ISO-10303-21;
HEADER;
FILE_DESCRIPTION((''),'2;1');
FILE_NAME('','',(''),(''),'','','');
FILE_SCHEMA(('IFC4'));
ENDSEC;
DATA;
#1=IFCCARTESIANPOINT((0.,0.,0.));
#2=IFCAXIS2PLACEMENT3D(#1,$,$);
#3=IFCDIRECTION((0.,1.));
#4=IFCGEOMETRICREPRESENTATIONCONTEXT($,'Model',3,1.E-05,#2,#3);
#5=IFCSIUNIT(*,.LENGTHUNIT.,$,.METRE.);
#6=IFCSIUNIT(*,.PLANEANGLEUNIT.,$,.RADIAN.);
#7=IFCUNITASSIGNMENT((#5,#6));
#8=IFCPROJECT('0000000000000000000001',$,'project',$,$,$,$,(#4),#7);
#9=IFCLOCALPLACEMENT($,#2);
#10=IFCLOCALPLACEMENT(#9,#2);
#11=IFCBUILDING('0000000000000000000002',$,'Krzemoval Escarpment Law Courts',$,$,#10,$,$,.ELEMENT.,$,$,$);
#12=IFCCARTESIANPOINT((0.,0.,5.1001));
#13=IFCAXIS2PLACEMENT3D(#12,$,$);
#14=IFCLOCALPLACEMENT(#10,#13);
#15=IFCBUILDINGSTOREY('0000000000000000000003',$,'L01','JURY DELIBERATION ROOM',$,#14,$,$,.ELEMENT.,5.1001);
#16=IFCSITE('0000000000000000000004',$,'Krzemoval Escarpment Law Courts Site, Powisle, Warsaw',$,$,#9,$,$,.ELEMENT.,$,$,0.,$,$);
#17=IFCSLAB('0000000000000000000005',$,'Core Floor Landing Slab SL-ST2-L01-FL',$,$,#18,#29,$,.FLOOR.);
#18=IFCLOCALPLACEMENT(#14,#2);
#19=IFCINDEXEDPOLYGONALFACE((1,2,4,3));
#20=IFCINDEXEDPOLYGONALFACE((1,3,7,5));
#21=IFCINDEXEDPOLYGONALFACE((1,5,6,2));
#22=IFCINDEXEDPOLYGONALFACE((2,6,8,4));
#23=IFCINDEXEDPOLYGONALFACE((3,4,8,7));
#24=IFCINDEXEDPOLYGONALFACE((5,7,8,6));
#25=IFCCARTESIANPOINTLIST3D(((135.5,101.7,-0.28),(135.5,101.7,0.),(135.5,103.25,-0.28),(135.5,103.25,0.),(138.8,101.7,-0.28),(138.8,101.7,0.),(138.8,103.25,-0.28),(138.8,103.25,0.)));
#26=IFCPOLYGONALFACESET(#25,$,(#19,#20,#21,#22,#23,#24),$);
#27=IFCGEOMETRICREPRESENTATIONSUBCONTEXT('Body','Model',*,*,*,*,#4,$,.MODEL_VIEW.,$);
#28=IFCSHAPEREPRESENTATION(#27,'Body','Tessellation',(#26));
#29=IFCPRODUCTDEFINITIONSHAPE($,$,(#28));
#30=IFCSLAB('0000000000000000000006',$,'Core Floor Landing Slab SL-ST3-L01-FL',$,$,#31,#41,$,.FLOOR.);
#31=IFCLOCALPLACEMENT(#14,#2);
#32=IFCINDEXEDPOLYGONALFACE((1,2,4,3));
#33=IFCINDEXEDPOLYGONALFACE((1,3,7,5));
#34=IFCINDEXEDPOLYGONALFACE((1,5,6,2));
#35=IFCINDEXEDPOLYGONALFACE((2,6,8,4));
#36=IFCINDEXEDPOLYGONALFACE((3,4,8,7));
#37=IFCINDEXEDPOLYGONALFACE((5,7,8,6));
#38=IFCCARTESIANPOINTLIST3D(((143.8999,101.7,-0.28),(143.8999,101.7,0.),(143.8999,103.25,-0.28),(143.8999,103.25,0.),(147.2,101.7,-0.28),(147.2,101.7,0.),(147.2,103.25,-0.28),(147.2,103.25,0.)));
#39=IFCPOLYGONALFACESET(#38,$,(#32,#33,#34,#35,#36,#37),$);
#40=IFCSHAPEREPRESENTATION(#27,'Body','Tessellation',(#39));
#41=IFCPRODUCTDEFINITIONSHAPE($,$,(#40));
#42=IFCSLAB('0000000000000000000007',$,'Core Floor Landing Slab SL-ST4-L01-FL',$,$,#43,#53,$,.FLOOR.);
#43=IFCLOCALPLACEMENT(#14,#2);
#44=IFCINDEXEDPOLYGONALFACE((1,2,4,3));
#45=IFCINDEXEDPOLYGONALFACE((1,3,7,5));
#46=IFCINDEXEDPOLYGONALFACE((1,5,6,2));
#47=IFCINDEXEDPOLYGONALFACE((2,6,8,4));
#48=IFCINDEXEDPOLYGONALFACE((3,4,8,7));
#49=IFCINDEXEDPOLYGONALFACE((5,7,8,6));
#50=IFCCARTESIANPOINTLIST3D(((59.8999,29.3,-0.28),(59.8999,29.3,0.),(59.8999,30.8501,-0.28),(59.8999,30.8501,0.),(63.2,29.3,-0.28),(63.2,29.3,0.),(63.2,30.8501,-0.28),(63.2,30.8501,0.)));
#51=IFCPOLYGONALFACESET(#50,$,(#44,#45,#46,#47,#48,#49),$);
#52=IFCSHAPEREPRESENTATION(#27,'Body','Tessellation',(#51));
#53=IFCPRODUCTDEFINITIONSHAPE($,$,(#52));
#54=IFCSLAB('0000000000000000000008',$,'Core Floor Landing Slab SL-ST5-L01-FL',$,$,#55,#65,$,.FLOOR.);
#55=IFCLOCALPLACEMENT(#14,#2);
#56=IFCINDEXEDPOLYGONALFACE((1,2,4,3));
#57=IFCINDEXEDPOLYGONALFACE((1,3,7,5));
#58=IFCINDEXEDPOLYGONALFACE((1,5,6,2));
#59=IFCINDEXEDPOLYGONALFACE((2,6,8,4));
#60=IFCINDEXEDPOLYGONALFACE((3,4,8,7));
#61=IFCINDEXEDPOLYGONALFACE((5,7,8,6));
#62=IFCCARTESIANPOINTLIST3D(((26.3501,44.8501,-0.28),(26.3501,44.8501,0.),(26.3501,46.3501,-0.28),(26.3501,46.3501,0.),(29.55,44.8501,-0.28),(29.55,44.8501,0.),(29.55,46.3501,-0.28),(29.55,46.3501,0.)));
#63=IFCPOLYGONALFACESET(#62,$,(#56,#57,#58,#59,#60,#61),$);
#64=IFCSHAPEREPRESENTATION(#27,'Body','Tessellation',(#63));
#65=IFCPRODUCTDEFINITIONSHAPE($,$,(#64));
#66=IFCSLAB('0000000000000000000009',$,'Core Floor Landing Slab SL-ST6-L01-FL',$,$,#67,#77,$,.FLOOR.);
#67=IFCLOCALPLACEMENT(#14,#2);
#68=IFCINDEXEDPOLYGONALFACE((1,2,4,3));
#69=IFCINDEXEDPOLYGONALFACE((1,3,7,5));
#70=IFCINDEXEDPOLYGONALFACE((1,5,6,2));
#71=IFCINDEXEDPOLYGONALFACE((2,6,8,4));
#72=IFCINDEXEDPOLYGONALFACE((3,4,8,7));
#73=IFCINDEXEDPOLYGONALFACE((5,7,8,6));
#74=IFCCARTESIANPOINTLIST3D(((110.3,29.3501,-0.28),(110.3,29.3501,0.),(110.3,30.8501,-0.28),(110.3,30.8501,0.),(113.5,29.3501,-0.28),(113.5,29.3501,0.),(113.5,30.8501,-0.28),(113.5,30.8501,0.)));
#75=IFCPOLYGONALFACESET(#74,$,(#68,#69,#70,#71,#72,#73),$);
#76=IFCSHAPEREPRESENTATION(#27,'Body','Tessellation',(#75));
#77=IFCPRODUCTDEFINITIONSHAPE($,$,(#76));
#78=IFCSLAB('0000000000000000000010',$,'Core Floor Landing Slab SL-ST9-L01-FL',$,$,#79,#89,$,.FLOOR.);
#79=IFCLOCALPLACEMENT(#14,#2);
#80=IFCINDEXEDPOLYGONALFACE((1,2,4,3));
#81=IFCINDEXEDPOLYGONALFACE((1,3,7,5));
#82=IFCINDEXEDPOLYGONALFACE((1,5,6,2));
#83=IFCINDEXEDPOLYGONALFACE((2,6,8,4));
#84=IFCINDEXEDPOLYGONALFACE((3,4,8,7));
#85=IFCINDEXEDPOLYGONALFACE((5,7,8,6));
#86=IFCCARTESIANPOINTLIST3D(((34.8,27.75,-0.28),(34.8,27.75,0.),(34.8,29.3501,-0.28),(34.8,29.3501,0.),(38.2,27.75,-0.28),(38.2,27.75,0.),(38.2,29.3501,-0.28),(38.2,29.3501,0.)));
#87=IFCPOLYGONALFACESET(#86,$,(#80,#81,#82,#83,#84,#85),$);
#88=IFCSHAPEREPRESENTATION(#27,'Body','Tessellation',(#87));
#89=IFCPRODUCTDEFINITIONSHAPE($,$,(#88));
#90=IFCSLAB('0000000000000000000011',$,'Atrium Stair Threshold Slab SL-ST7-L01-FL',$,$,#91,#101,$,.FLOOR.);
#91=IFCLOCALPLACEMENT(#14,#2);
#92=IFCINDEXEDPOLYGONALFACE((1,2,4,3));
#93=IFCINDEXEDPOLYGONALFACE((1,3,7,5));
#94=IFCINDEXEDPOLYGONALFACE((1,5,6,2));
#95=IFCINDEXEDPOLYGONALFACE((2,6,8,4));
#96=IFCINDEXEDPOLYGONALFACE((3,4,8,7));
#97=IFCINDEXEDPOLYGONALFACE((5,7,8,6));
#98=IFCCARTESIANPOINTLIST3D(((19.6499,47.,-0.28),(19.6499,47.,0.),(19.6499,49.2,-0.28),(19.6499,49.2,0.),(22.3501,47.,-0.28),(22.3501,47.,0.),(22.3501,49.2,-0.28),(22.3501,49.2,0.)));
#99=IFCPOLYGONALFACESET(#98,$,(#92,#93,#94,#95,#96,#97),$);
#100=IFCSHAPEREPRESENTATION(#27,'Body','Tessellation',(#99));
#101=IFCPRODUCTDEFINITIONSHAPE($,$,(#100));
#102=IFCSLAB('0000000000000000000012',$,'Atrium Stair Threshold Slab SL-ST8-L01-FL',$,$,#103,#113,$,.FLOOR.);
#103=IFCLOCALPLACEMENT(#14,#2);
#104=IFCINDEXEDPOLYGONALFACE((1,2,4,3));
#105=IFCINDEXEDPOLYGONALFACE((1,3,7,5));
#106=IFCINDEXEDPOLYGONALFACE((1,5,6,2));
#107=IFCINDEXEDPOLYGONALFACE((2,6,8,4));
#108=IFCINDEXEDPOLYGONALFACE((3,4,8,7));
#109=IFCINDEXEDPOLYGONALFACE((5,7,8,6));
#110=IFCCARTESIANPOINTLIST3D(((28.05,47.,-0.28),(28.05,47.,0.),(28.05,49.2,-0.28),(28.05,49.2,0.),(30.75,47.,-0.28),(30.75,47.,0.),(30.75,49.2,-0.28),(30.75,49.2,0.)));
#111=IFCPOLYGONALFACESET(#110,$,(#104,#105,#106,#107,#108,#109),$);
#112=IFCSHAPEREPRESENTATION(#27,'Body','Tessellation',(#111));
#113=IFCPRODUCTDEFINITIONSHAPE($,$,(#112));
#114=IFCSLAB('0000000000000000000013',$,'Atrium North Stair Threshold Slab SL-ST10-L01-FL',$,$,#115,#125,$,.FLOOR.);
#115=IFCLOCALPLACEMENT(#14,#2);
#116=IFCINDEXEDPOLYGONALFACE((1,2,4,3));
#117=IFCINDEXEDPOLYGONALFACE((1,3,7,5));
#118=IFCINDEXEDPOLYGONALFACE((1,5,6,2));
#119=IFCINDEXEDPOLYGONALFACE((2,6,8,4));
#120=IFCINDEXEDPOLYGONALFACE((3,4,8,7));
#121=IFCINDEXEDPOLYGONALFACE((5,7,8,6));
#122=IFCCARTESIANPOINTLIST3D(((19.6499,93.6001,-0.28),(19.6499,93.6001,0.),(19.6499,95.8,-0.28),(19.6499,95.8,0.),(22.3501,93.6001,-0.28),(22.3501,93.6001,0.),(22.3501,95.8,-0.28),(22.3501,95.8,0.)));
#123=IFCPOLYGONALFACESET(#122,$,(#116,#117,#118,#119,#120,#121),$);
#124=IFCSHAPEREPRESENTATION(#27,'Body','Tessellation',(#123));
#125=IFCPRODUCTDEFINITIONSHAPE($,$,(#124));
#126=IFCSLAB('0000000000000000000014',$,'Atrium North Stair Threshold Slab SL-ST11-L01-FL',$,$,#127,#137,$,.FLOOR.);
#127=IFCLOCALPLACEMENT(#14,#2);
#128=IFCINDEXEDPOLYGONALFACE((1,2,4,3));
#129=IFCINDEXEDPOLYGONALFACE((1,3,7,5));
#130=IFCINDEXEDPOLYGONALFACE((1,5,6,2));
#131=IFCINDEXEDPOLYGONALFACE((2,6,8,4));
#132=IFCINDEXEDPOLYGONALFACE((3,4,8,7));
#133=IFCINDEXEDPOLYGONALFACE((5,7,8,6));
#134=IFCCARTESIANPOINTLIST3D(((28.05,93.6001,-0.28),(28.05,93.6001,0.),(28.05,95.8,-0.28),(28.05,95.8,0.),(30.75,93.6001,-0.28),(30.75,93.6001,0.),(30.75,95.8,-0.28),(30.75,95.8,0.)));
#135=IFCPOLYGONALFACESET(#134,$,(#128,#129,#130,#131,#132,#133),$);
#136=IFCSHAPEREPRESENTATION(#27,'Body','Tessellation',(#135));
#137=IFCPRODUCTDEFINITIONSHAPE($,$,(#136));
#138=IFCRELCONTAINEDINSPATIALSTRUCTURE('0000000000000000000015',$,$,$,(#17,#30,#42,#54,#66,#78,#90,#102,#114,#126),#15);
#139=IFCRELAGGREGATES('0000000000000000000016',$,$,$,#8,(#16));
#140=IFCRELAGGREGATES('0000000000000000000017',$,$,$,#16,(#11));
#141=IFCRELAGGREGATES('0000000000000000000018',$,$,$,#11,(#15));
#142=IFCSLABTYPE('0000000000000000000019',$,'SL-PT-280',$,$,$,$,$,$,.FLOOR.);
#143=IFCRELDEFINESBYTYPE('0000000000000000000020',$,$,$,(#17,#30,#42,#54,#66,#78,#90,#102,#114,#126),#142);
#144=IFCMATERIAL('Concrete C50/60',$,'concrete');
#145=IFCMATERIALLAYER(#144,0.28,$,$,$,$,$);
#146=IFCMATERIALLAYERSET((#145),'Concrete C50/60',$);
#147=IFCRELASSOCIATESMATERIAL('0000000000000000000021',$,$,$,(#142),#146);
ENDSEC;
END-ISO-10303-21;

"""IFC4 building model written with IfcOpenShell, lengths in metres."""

from ifc_helpers import new_model, si_unit, direction, frame, origin, place, context, subcontext, project, spatial, polyline, outline, extrude, material, layer, layer_set, type_object, element, save


model = new_model("IFC4")

# Units and contexts
model_context = context("Model", 3, precision=1e-05, world=origin(), true_north=direction((0.0, 1.0)))
body_context = subcontext(model_context, "Body", "Model", "MODEL_VIEW")
ifc_project = project(units=[si_unit("LENGTHUNIT", "METRE"), si_unit("PLANEANGLEUNIT", "RADIAN")], contexts=[model_context])

# Site, building, storey
site_placement = place(None, origin())
site = spatial("IfcSite", under=ifc_project, at=site_placement, Name="Krzemoval Escarpment Law Courts Site, Powisle, Warsaw", CompositionType="ELEMENT", RefElevation=0.0)
building_placement = place(site_placement, origin())
building = spatial("IfcBuilding", under=site, at=building_placement, Name="Krzemoval Escarpment Law Courts", CompositionType="ELEMENT")
storey_placement = place(building_placement, frame((0.0, 0.0, 5.1001)))
storey = spatial("IfcBuildingStorey", under=building, at=storey_placement, Name="L01", Description="JURY DELIBERATION ROOM", CompositionType="ELEMENT", Elevation=5.1001)

# Slabs
ifc_material_1 = material(Name="Concrete C50/60", Category="concrete")
ifc_layer_1 = layer(ifc_material_1, 0.28)
ifc_layer_set_1 = layer_set([ifc_layer_1], Name="Concrete C50/60")
slab_type_1 = type_object("IfcSlabType", Name="SL-PT-280", PredefinedType="FLOOR", material=ifc_layer_set_1)
slab_1_placement = place(storey_placement, frame((0.0, 0.0, -0.28)))
element("IfcSlab", 1, at=slab_1_placement, inside=storey, type_object=slab_type_1, Name="Core Floor Landing Slab SL-ST2-L01-FL", PredefinedType="FLOOR", context=body_context, shape_type="SweptSolid", body=[
    extrude(outline(polyline([(135.5, 103.25), (135.5, 101.7), (138.8, 101.7), (138.8, 103.25), (135.5, 103.25)])), origin(), (0.0, 0.0, 1.0), 0.28),
])
slab_2_placement = place(storey_placement, frame((0.0, 0.0, -0.28)))
element("IfcSlab", 2, at=slab_2_placement, inside=storey, type_object=slab_type_1, Name="Core Floor Landing Slab SL-ST3-L01-FL", PredefinedType="FLOOR", context=body_context, shape_type="SweptSolid", body=[
    extrude(outline(polyline([(143.8999, 103.25), (143.8999, 101.7), (147.2, 101.7), (147.2, 103.25), (143.8999, 103.25)])), origin(), (0.0, 0.0, 1.0), 0.28),
])
slab_3_placement = place(storey_placement, frame((0.0, 0.0, -0.28)))
element("IfcSlab", 3, at=slab_3_placement, inside=storey, type_object=slab_type_1, Name="Core Floor Landing Slab SL-ST4-L01-FL", PredefinedType="FLOOR", context=body_context, shape_type="SweptSolid", body=[
    extrude(outline(polyline([(59.8999, 30.8501), (59.8999, 29.3), (63.2, 29.3), (63.2, 30.8501), (59.8999, 30.8501)])), origin(), (0.0, 0.0, 1.0), 0.28),
])
slab_4_placement = place(storey_placement, frame((0.0, 0.0, -0.28)))
element("IfcSlab", 4, at=slab_4_placement, inside=storey, type_object=slab_type_1, Name="Core Floor Landing Slab SL-ST5-L01-FL", PredefinedType="FLOOR", context=body_context, shape_type="SweptSolid", body=[
    extrude(outline(polyline([(26.3501, 46.3501), (26.3501, 44.8501), (29.55, 44.8501), (29.55, 46.3501), (26.3501, 46.3501)])), origin(), (0.0, 0.0, 1.0), 0.28),
])
slab_5_placement = place(storey_placement, frame((0.0, 0.0, -0.28)))
element("IfcSlab", 5, at=slab_5_placement, inside=storey, type_object=slab_type_1, Name="Core Floor Landing Slab SL-ST6-L01-FL", PredefinedType="FLOOR", context=body_context, shape_type="SweptSolid", body=[
    extrude(outline(polyline([(110.3, 30.8501), (110.3, 29.3501), (113.5, 29.3501), (113.5, 30.8501), (110.3, 30.8501)])), origin(), (0.0, 0.0, 1.0), 0.28),
])
slab_6_placement = place(storey_placement, frame((0.0, 0.0, -0.28)))
element("IfcSlab", 6, at=slab_6_placement, inside=storey, type_object=slab_type_1, Name="Core Floor Landing Slab SL-ST9-L01-FL", PredefinedType="FLOOR", context=body_context, shape_type="SweptSolid", body=[
    extrude(outline(polyline([(38.2, 27.75), (38.2, 29.3501), (34.8, 29.3501), (34.8, 27.75), (38.2, 27.75)])), origin(), (0.0, 0.0, 1.0), 0.28),
])
slab_7_placement = place(storey_placement, frame((0.0, 0.0, -0.28)))
element("IfcSlab", 7, at=slab_7_placement, inside=storey, type_object=slab_type_1, Name="Atrium Stair Threshold Slab SL-ST7-L01-FL", PredefinedType="FLOOR", context=body_context, shape_type="SweptSolid", body=[
    extrude(outline(polyline([(22.3501, 47.0), (22.3501, 49.2), (19.6499, 49.2), (19.6499, 47.0), (22.3501, 47.0)])), origin(), (0.0, 0.0, 1.0), 0.28),
])
slab_8_placement = place(storey_placement, frame((0.0, 0.0, -0.28)))
element("IfcSlab", 8, at=slab_8_placement, inside=storey, type_object=slab_type_1, Name="Atrium Stair Threshold Slab SL-ST8-L01-FL", PredefinedType="FLOOR", context=body_context, shape_type="SweptSolid", body=[
    extrude(outline(polyline([(30.75, 47.0), (30.75, 49.2), (28.05, 49.2), (28.05, 47.0), (30.75, 47.0)])), origin(), (0.0, 0.0, 1.0), 0.28),
])
slab_9_placement = place(storey_placement, frame((0.0, 0.0, -0.28)))
element("IfcSlab", 9, at=slab_9_placement, inside=storey, type_object=slab_type_1, Name="Atrium North Stair Threshold Slab SL-ST10-L01-FL", PredefinedType="FLOOR", context=body_context, shape_type="SweptSolid", body=[
    extrude(outline(polyline([(22.3501, 93.6001), (22.3501, 95.8), (19.6499, 95.8), (19.6499, 93.6001), (22.3501, 93.6001)])), origin(), (0.0, 0.0, 1.0), 0.28),
])
slab_10_placement = place(storey_placement, frame((0.0, 0.0, -0.28)))
element("IfcSlab", 10, at=slab_10_placement, inside=storey, type_object=slab_type_1, Name="Atrium North Stair Threshold Slab SL-ST11-L01-FL", PredefinedType="FLOOR", context=body_context, shape_type="SweptSolid", body=[
    extrude(outline(polyline([(30.75, 93.6001), (30.75, 95.8), (28.05, 95.8), (28.05, 93.6001), (30.75, 93.6001)])), origin(), (0.0, 0.0, 1.0), 0.28),
])

save(model, "model.ifc")
